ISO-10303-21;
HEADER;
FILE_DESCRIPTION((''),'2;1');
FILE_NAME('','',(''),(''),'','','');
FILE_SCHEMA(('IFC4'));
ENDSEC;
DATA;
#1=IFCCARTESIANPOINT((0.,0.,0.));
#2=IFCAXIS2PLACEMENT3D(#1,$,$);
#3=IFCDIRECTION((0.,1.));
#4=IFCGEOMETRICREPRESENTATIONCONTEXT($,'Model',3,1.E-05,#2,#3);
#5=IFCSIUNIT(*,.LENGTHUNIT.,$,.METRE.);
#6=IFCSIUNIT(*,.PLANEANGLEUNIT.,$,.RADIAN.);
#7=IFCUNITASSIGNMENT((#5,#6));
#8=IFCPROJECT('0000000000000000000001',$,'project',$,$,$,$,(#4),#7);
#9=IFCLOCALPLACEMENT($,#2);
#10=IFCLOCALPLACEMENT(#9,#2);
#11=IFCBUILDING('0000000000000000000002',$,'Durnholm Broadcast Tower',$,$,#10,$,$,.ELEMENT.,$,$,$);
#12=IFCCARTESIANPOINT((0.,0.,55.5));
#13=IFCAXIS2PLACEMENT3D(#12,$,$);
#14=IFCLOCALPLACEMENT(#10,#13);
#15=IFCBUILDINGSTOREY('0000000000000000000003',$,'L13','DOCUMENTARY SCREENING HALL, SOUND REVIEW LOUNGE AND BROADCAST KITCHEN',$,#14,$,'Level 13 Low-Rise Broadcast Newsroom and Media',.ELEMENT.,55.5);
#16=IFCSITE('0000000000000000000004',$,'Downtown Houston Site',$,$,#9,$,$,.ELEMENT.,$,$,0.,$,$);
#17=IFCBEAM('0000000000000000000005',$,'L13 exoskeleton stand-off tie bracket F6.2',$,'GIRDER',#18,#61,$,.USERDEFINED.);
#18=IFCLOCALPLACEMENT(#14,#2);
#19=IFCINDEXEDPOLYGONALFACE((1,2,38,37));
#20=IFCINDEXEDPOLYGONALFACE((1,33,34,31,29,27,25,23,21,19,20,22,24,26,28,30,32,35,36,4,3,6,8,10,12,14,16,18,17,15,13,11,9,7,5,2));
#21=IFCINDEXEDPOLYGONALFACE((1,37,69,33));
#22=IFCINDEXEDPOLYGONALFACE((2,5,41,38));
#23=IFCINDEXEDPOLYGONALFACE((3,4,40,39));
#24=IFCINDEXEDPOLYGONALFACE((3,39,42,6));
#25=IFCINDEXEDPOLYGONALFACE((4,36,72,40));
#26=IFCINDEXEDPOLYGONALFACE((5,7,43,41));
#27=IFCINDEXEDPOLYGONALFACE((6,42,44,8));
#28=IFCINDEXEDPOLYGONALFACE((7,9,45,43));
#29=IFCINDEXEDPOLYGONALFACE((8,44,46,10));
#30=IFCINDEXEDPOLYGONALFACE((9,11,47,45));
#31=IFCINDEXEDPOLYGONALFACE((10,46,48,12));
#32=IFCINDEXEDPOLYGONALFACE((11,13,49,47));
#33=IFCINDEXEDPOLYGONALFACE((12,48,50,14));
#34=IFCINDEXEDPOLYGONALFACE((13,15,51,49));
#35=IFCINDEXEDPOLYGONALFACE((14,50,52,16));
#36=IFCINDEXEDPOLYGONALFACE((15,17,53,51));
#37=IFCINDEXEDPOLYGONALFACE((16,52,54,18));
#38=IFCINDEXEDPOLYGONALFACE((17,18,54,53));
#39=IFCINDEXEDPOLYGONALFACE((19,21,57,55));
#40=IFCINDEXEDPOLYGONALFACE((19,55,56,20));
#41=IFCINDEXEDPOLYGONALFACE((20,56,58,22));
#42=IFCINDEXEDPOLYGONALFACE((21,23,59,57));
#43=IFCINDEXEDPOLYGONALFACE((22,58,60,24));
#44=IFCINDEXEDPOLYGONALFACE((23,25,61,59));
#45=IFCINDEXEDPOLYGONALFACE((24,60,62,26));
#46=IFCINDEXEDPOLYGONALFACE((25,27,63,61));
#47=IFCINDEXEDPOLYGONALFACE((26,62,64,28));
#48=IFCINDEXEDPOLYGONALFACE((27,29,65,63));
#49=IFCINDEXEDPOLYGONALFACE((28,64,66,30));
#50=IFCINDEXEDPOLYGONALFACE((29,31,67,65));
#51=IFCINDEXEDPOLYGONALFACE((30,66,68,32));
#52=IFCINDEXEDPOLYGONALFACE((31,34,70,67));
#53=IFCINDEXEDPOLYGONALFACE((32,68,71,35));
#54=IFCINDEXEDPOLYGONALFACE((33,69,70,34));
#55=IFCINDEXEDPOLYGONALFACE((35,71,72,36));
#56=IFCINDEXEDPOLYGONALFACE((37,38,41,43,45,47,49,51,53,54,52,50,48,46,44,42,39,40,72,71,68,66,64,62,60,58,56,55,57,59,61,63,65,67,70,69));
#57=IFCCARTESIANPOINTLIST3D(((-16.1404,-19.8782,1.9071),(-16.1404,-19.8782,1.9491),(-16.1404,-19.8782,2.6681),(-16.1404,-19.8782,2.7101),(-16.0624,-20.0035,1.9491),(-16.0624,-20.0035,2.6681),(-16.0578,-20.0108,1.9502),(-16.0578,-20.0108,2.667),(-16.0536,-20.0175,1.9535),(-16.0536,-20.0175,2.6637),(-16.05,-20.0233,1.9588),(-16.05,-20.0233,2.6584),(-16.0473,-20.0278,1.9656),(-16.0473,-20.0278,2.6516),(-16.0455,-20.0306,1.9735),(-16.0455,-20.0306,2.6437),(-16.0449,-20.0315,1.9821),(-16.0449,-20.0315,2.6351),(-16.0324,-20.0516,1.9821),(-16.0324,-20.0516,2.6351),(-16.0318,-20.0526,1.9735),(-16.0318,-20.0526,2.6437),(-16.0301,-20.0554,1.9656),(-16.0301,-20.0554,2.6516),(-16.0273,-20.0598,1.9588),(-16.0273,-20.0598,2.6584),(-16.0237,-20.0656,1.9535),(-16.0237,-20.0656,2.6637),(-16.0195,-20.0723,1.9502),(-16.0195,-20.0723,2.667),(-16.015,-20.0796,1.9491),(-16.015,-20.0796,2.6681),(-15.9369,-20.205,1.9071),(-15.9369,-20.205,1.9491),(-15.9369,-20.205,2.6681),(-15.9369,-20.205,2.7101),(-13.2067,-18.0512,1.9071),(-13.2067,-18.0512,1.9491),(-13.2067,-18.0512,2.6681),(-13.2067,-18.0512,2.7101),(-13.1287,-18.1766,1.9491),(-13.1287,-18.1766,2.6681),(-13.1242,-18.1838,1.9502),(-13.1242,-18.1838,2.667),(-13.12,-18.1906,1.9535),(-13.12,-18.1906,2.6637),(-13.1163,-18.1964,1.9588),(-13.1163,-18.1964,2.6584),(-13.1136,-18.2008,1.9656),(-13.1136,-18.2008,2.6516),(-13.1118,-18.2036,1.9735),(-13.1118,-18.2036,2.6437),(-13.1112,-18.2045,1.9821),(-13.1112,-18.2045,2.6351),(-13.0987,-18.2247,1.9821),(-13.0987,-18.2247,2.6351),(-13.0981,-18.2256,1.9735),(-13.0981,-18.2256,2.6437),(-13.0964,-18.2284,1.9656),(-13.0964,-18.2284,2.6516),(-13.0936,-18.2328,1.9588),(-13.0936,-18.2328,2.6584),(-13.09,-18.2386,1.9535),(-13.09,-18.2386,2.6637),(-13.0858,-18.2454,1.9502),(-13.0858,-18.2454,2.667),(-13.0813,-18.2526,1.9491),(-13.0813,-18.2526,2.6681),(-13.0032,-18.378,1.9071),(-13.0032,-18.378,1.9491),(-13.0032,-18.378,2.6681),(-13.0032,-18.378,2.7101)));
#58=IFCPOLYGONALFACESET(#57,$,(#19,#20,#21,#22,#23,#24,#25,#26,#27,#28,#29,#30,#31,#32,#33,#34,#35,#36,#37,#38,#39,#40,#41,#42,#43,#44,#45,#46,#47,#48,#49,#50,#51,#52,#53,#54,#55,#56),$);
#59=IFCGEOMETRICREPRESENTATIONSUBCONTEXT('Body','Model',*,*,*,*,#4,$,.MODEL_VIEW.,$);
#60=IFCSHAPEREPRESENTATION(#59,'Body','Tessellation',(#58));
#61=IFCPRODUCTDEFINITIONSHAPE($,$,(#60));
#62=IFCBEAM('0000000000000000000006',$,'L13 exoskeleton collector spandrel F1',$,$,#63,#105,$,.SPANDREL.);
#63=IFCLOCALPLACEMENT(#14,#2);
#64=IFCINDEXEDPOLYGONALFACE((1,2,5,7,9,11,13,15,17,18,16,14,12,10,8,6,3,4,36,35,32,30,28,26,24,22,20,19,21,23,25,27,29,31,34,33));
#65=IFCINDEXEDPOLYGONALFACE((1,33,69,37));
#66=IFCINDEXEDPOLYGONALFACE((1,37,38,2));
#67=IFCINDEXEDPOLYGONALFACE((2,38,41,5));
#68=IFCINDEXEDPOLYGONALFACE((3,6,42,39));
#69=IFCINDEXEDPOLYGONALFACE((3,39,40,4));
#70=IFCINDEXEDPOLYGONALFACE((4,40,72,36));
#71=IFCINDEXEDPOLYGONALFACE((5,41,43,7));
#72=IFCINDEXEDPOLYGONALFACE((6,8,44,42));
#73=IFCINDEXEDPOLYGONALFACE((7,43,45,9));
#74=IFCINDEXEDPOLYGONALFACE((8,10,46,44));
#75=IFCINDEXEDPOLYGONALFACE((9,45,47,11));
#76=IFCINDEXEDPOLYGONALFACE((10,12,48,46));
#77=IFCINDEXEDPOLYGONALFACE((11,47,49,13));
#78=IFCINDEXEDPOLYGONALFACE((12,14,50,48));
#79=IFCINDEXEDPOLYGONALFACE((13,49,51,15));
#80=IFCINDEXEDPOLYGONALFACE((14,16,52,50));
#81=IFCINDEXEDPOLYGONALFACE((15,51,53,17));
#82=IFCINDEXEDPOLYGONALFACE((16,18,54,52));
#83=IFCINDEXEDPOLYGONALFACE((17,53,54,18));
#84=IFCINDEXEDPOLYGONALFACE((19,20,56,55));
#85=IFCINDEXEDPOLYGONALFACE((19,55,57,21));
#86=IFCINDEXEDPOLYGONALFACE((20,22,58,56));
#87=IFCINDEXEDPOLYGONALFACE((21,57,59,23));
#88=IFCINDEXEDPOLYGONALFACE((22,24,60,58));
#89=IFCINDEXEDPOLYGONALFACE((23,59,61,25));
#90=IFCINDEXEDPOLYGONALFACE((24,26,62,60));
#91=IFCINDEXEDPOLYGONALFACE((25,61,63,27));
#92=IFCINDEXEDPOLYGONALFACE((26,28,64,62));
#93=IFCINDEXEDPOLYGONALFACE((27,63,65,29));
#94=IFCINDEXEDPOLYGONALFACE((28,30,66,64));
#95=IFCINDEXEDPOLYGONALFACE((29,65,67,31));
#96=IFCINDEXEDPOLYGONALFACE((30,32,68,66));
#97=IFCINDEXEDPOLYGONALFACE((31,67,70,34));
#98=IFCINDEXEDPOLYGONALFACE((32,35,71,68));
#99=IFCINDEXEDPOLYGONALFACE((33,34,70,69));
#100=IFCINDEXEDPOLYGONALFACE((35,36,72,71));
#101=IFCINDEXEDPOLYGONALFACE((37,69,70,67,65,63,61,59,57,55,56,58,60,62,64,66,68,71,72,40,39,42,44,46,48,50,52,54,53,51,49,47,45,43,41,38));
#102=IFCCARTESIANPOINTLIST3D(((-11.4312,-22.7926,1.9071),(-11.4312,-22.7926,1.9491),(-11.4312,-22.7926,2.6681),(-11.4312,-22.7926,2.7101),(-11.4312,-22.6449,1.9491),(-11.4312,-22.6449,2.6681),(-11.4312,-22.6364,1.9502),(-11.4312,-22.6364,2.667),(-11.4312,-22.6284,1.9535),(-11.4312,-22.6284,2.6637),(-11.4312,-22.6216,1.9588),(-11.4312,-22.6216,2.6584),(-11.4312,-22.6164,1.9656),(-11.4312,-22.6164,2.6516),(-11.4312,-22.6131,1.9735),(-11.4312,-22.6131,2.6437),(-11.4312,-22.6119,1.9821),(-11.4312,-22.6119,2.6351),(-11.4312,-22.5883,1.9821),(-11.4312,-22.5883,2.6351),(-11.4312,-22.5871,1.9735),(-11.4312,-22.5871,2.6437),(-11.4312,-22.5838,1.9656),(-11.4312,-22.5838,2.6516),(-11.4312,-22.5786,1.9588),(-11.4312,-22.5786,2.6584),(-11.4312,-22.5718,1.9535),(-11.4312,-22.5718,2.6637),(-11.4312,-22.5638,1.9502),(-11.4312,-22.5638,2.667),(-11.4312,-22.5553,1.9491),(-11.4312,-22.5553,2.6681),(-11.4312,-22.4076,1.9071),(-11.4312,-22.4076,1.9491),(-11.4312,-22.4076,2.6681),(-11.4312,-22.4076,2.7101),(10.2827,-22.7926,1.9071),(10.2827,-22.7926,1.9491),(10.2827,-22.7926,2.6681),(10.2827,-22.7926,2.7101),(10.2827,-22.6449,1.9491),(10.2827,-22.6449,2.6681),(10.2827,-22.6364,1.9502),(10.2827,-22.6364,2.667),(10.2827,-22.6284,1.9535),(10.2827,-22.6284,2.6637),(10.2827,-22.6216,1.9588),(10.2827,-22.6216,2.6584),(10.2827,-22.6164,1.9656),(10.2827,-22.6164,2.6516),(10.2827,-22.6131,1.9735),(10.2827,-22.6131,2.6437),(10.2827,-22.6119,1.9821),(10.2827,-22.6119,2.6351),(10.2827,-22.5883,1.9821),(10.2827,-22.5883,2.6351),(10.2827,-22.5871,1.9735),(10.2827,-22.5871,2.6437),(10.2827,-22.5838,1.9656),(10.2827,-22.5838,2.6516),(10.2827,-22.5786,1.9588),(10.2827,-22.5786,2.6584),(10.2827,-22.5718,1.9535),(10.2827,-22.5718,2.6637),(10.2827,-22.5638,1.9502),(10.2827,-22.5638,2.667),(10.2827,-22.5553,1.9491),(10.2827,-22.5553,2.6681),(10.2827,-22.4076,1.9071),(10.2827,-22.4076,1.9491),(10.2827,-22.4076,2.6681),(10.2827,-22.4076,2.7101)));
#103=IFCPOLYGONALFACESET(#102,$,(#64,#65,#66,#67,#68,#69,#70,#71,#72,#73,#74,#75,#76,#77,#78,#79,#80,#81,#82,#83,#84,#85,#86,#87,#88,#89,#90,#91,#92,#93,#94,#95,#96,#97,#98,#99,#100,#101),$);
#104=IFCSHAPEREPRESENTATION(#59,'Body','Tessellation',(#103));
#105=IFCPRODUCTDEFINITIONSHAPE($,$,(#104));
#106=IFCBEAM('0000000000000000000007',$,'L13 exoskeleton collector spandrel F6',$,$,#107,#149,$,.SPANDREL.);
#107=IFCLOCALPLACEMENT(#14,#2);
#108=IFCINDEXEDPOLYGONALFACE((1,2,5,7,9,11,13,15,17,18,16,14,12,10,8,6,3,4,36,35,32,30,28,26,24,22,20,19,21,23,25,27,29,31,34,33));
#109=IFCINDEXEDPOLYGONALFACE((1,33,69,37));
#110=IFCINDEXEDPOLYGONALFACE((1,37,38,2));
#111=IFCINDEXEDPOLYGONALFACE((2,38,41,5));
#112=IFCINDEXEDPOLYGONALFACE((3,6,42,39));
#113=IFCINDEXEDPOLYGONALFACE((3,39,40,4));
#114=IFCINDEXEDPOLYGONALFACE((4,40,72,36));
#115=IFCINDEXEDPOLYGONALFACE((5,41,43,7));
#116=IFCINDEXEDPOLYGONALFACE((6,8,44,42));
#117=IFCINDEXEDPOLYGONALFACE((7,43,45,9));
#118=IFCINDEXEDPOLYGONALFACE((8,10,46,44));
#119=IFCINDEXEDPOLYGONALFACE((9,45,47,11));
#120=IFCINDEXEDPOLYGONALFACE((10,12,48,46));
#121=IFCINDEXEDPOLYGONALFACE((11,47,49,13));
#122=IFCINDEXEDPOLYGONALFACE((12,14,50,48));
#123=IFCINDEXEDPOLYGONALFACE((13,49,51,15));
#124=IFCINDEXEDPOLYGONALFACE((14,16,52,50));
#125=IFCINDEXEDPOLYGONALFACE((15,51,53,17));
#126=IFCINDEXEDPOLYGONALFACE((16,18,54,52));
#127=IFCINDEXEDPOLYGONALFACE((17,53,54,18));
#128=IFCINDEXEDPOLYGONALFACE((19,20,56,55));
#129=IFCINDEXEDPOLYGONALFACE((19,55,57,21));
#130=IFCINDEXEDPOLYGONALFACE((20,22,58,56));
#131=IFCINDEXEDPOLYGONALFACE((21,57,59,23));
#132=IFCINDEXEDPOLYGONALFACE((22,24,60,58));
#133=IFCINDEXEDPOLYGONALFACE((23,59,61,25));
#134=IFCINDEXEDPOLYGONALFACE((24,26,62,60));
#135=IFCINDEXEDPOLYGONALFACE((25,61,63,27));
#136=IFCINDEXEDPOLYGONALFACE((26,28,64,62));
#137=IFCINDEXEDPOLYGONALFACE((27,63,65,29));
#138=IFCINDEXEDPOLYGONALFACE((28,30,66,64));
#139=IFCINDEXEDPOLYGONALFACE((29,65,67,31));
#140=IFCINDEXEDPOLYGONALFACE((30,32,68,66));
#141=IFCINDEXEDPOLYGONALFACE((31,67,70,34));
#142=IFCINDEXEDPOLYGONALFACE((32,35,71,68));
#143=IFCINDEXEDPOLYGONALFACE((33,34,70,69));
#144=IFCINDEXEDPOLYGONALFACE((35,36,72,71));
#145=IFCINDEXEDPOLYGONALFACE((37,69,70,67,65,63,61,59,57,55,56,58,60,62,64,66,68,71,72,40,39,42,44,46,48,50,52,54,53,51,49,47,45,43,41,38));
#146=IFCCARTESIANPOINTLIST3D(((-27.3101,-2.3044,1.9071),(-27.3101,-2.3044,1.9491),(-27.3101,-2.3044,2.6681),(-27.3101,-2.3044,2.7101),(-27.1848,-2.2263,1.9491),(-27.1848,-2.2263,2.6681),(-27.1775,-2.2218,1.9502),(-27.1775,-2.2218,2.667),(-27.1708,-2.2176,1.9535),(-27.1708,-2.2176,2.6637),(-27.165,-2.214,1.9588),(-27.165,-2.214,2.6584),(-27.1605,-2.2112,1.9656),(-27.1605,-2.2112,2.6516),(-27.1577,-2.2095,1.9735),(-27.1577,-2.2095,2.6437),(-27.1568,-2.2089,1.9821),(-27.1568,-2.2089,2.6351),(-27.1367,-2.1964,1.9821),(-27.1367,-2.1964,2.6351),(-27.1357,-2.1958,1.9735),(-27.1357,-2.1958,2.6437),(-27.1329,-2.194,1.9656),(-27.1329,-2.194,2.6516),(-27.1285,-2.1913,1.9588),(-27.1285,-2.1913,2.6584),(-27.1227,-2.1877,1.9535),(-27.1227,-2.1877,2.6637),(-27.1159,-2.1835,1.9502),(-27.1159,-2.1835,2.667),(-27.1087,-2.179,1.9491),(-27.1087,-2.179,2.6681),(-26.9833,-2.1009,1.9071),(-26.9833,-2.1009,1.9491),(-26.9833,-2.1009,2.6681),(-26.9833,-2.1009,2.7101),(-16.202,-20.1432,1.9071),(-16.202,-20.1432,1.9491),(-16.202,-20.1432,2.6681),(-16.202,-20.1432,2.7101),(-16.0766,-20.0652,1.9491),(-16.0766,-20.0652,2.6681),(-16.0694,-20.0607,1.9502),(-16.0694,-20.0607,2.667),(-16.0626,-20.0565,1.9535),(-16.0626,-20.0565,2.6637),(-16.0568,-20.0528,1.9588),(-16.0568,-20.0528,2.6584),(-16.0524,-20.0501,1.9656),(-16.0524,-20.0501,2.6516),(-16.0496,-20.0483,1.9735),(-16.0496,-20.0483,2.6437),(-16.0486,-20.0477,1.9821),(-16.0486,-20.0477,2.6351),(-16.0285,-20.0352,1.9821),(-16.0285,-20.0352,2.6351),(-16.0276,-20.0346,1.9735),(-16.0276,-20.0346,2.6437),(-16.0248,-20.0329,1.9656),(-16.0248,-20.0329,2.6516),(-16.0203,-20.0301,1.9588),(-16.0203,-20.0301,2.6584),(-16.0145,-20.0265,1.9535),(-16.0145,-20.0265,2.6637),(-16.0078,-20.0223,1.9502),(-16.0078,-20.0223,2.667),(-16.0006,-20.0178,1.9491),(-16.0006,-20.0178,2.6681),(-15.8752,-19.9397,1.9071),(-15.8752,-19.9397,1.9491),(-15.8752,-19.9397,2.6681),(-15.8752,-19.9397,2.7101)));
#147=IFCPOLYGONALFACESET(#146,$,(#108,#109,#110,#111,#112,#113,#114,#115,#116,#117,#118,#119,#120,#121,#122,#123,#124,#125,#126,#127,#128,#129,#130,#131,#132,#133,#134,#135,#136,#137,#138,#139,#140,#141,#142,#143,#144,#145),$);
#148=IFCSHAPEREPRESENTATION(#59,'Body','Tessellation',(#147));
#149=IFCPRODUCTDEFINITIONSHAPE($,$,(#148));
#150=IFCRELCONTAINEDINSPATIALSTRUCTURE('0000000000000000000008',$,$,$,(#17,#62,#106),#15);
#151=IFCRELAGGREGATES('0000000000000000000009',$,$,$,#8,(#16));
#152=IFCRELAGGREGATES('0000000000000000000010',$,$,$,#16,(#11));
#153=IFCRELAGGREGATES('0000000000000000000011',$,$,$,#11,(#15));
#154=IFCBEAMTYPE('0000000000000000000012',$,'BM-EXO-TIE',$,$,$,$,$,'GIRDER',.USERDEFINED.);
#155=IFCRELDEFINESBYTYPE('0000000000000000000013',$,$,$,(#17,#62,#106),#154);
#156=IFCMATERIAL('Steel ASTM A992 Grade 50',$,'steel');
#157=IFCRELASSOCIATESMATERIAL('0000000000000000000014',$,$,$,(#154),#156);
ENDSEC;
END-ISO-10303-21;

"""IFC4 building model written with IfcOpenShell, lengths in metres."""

from ifc_helpers import new_model, si_unit, direction, frame, origin, origin_2d, place, context, subcontext, project, spatial, i_section, extrude, source, transform, mapped, material, material_profile, profile_set, type_object, type_shapes, element, save


model = new_model("IFC4")

# Units and contexts
model_context = context("Model", 3, precision=1e-05, world=origin(), true_north=direction((0.0, 1.0)))
body_context = subcontext(model_context, "Body", "Model", "MODEL_VIEW")
ifc_project = project(units=[si_unit("LENGTHUNIT", "METRE"), si_unit("PLANEANGLEUNIT", "RADIAN")], contexts=[model_context])

# Site, building, storey
site_placement = place(None, origin())
site = spatial("IfcSite", under=ifc_project, at=site_placement, Name="Downtown Houston Site", CompositionType="ELEMENT", RefElevation=0.0)
building_placement = place(site_placement, origin())
building = spatial("IfcBuilding", under=site, at=building_placement, Name="Durnholm Broadcast Tower", CompositionType="ELEMENT")
storey_placement = place(building_placement, frame((0.0, 0.0, 55.5)))
storey = spatial("IfcBuildingStorey", under=building, at=storey_placement, Name="L13", Description="DOCUMENTARY SCREENING HALL, SOUND REVIEW LOUNGE AND BROADCAST KITCHEN", LongName="Level 13 Low-Rise Broadcast Newsroom and Media", CompositionType="ELEMENT", Elevation=55.5)

# Beams
ifc_material_1 = material(Name="Steel ASTM A992 Grade 50", Category="steel")
ifc_material_profile_1 = material_profile(ifc_material_1, i_section(OverallWidth=0.385, OverallDepth=0.803, WebThickness=0.0237, FlangeThickness=0.042, FilletRadius=0.033, at=origin_2d()), Name="W30X261")
ifc_profile_set_1 = profile_set([ifc_material_profile_1], Name="Steel ASTM A992 Grade 50")
beam_type_1 = type_object("IfcBeamType", Name="BM-EXO-TIE", ElementType="GIRDER", PredefinedType="USERDEFINED", material=ifc_profile_set_1)
shared_shape_1 = source(origin(), body_context, "Body", "SweptSolid", [
    extrude(i_section(OverallWidth=0.385, OverallDepth=0.803, WebThickness=0.0237, FlangeThickness=0.042, FilletRadius=0.033, at=origin_2d()), origin(), (0.0, 0.0, 1.0), 3.4561),
])
for number, where, z_axis, x_axis, name in (
    (1, (-13.105, -18.2146, 2.3086), (-0.848854, -0.528627, 0.0), (0.528627, -0.848854, 0.0), "L13 exoskeleton stand-off tie bracket F6.2"),
):
    element("IfcBeam", number, at=place(storey_placement, frame(where, z_axis=z_axis, x_axis=x_axis)), inside=storey, type_object=beam_type_1, Name=name, ObjectType="GIRDER", PredefinedType="USERDEFINED", context=body_context, shape_type="MappedRepresentation", body=[
        mapped(shared_shape_1, transform((0.0, 0.0, 0.0), x_axis=(1.0, 0.0, 0.0), y_axis=(0.0, 1.0, 0.0), z_axis=(0.0, 0.0, 1.0), scale=1.0)),
    ])
shared_shape_2 = source(origin(), body_context, "Body", "SweptSolid", [
    extrude(i_section(OverallWidth=0.385, OverallDepth=0.803, WebThickness=0.0237, FlangeThickness=0.042, FilletRadius=0.033, at=origin_2d()), origin(), (0.0, 0.0, 1.0), 21.7139),
])
beam_1_placement = place(storey_placement, frame((-11.4312, -22.6001, 2.3086), z_axis=(1.0, 0.0, 0.0), x_axis=(0.0, 1.0, 0.0)))
element("IfcBeam", 2, at=beam_1_placement, inside=storey, type_object=beam_type_1, Name="L13 exoskeleton collector spandrel F1", PredefinedType="SPANDREL", context=body_context, shape_type="MappedRepresentation", body=[
    mapped(shared_shape_2, transform((0.0, 0.0, 0.0), x_axis=(1.0, 0.0, 0.0), y_axis=(0.0, 1.0, 0.0), z_axis=(0.0, 0.0, 1.0), scale=1.0)),
])
shared_shape_3 = source(origin(), body_context, "Body", "SweptSolid", [
    extrude(i_section(OverallWidth=0.385, OverallDepth=0.803, WebThickness=0.0237, FlangeThickness=0.042, FilletRadius=0.033, at=origin_2d()), origin(), (0.0, 0.0, 1.0), 21.0146),
])
type_shapes(beam_type_1, [shared_shape_1, shared_shape_2, shared_shape_3])
beam_2_placement = place(storey_placement, frame((-27.1467, -2.2026, 2.3086), z_axis=(0.528591, -0.848877, 0.0), x_axis=(0.848877, 0.528591, 0.0)))
element("IfcBeam", 3, at=beam_2_placement, inside=storey, type_object=beam_type_1, Name="L13 exoskeleton collector spandrel F6", PredefinedType="SPANDREL", context=body_context, shape_type="MappedRepresentation", body=[
    mapped(shared_shape_3, transform((0.0, 0.0, 0.0), x_axis=(1.0, 0.0, 0.0), y_axis=(0.0, 1.0, 0.0), z_axis=(0.0, 0.0, 1.0), scale=1.0)),
])

save(model, "model.ifc")
